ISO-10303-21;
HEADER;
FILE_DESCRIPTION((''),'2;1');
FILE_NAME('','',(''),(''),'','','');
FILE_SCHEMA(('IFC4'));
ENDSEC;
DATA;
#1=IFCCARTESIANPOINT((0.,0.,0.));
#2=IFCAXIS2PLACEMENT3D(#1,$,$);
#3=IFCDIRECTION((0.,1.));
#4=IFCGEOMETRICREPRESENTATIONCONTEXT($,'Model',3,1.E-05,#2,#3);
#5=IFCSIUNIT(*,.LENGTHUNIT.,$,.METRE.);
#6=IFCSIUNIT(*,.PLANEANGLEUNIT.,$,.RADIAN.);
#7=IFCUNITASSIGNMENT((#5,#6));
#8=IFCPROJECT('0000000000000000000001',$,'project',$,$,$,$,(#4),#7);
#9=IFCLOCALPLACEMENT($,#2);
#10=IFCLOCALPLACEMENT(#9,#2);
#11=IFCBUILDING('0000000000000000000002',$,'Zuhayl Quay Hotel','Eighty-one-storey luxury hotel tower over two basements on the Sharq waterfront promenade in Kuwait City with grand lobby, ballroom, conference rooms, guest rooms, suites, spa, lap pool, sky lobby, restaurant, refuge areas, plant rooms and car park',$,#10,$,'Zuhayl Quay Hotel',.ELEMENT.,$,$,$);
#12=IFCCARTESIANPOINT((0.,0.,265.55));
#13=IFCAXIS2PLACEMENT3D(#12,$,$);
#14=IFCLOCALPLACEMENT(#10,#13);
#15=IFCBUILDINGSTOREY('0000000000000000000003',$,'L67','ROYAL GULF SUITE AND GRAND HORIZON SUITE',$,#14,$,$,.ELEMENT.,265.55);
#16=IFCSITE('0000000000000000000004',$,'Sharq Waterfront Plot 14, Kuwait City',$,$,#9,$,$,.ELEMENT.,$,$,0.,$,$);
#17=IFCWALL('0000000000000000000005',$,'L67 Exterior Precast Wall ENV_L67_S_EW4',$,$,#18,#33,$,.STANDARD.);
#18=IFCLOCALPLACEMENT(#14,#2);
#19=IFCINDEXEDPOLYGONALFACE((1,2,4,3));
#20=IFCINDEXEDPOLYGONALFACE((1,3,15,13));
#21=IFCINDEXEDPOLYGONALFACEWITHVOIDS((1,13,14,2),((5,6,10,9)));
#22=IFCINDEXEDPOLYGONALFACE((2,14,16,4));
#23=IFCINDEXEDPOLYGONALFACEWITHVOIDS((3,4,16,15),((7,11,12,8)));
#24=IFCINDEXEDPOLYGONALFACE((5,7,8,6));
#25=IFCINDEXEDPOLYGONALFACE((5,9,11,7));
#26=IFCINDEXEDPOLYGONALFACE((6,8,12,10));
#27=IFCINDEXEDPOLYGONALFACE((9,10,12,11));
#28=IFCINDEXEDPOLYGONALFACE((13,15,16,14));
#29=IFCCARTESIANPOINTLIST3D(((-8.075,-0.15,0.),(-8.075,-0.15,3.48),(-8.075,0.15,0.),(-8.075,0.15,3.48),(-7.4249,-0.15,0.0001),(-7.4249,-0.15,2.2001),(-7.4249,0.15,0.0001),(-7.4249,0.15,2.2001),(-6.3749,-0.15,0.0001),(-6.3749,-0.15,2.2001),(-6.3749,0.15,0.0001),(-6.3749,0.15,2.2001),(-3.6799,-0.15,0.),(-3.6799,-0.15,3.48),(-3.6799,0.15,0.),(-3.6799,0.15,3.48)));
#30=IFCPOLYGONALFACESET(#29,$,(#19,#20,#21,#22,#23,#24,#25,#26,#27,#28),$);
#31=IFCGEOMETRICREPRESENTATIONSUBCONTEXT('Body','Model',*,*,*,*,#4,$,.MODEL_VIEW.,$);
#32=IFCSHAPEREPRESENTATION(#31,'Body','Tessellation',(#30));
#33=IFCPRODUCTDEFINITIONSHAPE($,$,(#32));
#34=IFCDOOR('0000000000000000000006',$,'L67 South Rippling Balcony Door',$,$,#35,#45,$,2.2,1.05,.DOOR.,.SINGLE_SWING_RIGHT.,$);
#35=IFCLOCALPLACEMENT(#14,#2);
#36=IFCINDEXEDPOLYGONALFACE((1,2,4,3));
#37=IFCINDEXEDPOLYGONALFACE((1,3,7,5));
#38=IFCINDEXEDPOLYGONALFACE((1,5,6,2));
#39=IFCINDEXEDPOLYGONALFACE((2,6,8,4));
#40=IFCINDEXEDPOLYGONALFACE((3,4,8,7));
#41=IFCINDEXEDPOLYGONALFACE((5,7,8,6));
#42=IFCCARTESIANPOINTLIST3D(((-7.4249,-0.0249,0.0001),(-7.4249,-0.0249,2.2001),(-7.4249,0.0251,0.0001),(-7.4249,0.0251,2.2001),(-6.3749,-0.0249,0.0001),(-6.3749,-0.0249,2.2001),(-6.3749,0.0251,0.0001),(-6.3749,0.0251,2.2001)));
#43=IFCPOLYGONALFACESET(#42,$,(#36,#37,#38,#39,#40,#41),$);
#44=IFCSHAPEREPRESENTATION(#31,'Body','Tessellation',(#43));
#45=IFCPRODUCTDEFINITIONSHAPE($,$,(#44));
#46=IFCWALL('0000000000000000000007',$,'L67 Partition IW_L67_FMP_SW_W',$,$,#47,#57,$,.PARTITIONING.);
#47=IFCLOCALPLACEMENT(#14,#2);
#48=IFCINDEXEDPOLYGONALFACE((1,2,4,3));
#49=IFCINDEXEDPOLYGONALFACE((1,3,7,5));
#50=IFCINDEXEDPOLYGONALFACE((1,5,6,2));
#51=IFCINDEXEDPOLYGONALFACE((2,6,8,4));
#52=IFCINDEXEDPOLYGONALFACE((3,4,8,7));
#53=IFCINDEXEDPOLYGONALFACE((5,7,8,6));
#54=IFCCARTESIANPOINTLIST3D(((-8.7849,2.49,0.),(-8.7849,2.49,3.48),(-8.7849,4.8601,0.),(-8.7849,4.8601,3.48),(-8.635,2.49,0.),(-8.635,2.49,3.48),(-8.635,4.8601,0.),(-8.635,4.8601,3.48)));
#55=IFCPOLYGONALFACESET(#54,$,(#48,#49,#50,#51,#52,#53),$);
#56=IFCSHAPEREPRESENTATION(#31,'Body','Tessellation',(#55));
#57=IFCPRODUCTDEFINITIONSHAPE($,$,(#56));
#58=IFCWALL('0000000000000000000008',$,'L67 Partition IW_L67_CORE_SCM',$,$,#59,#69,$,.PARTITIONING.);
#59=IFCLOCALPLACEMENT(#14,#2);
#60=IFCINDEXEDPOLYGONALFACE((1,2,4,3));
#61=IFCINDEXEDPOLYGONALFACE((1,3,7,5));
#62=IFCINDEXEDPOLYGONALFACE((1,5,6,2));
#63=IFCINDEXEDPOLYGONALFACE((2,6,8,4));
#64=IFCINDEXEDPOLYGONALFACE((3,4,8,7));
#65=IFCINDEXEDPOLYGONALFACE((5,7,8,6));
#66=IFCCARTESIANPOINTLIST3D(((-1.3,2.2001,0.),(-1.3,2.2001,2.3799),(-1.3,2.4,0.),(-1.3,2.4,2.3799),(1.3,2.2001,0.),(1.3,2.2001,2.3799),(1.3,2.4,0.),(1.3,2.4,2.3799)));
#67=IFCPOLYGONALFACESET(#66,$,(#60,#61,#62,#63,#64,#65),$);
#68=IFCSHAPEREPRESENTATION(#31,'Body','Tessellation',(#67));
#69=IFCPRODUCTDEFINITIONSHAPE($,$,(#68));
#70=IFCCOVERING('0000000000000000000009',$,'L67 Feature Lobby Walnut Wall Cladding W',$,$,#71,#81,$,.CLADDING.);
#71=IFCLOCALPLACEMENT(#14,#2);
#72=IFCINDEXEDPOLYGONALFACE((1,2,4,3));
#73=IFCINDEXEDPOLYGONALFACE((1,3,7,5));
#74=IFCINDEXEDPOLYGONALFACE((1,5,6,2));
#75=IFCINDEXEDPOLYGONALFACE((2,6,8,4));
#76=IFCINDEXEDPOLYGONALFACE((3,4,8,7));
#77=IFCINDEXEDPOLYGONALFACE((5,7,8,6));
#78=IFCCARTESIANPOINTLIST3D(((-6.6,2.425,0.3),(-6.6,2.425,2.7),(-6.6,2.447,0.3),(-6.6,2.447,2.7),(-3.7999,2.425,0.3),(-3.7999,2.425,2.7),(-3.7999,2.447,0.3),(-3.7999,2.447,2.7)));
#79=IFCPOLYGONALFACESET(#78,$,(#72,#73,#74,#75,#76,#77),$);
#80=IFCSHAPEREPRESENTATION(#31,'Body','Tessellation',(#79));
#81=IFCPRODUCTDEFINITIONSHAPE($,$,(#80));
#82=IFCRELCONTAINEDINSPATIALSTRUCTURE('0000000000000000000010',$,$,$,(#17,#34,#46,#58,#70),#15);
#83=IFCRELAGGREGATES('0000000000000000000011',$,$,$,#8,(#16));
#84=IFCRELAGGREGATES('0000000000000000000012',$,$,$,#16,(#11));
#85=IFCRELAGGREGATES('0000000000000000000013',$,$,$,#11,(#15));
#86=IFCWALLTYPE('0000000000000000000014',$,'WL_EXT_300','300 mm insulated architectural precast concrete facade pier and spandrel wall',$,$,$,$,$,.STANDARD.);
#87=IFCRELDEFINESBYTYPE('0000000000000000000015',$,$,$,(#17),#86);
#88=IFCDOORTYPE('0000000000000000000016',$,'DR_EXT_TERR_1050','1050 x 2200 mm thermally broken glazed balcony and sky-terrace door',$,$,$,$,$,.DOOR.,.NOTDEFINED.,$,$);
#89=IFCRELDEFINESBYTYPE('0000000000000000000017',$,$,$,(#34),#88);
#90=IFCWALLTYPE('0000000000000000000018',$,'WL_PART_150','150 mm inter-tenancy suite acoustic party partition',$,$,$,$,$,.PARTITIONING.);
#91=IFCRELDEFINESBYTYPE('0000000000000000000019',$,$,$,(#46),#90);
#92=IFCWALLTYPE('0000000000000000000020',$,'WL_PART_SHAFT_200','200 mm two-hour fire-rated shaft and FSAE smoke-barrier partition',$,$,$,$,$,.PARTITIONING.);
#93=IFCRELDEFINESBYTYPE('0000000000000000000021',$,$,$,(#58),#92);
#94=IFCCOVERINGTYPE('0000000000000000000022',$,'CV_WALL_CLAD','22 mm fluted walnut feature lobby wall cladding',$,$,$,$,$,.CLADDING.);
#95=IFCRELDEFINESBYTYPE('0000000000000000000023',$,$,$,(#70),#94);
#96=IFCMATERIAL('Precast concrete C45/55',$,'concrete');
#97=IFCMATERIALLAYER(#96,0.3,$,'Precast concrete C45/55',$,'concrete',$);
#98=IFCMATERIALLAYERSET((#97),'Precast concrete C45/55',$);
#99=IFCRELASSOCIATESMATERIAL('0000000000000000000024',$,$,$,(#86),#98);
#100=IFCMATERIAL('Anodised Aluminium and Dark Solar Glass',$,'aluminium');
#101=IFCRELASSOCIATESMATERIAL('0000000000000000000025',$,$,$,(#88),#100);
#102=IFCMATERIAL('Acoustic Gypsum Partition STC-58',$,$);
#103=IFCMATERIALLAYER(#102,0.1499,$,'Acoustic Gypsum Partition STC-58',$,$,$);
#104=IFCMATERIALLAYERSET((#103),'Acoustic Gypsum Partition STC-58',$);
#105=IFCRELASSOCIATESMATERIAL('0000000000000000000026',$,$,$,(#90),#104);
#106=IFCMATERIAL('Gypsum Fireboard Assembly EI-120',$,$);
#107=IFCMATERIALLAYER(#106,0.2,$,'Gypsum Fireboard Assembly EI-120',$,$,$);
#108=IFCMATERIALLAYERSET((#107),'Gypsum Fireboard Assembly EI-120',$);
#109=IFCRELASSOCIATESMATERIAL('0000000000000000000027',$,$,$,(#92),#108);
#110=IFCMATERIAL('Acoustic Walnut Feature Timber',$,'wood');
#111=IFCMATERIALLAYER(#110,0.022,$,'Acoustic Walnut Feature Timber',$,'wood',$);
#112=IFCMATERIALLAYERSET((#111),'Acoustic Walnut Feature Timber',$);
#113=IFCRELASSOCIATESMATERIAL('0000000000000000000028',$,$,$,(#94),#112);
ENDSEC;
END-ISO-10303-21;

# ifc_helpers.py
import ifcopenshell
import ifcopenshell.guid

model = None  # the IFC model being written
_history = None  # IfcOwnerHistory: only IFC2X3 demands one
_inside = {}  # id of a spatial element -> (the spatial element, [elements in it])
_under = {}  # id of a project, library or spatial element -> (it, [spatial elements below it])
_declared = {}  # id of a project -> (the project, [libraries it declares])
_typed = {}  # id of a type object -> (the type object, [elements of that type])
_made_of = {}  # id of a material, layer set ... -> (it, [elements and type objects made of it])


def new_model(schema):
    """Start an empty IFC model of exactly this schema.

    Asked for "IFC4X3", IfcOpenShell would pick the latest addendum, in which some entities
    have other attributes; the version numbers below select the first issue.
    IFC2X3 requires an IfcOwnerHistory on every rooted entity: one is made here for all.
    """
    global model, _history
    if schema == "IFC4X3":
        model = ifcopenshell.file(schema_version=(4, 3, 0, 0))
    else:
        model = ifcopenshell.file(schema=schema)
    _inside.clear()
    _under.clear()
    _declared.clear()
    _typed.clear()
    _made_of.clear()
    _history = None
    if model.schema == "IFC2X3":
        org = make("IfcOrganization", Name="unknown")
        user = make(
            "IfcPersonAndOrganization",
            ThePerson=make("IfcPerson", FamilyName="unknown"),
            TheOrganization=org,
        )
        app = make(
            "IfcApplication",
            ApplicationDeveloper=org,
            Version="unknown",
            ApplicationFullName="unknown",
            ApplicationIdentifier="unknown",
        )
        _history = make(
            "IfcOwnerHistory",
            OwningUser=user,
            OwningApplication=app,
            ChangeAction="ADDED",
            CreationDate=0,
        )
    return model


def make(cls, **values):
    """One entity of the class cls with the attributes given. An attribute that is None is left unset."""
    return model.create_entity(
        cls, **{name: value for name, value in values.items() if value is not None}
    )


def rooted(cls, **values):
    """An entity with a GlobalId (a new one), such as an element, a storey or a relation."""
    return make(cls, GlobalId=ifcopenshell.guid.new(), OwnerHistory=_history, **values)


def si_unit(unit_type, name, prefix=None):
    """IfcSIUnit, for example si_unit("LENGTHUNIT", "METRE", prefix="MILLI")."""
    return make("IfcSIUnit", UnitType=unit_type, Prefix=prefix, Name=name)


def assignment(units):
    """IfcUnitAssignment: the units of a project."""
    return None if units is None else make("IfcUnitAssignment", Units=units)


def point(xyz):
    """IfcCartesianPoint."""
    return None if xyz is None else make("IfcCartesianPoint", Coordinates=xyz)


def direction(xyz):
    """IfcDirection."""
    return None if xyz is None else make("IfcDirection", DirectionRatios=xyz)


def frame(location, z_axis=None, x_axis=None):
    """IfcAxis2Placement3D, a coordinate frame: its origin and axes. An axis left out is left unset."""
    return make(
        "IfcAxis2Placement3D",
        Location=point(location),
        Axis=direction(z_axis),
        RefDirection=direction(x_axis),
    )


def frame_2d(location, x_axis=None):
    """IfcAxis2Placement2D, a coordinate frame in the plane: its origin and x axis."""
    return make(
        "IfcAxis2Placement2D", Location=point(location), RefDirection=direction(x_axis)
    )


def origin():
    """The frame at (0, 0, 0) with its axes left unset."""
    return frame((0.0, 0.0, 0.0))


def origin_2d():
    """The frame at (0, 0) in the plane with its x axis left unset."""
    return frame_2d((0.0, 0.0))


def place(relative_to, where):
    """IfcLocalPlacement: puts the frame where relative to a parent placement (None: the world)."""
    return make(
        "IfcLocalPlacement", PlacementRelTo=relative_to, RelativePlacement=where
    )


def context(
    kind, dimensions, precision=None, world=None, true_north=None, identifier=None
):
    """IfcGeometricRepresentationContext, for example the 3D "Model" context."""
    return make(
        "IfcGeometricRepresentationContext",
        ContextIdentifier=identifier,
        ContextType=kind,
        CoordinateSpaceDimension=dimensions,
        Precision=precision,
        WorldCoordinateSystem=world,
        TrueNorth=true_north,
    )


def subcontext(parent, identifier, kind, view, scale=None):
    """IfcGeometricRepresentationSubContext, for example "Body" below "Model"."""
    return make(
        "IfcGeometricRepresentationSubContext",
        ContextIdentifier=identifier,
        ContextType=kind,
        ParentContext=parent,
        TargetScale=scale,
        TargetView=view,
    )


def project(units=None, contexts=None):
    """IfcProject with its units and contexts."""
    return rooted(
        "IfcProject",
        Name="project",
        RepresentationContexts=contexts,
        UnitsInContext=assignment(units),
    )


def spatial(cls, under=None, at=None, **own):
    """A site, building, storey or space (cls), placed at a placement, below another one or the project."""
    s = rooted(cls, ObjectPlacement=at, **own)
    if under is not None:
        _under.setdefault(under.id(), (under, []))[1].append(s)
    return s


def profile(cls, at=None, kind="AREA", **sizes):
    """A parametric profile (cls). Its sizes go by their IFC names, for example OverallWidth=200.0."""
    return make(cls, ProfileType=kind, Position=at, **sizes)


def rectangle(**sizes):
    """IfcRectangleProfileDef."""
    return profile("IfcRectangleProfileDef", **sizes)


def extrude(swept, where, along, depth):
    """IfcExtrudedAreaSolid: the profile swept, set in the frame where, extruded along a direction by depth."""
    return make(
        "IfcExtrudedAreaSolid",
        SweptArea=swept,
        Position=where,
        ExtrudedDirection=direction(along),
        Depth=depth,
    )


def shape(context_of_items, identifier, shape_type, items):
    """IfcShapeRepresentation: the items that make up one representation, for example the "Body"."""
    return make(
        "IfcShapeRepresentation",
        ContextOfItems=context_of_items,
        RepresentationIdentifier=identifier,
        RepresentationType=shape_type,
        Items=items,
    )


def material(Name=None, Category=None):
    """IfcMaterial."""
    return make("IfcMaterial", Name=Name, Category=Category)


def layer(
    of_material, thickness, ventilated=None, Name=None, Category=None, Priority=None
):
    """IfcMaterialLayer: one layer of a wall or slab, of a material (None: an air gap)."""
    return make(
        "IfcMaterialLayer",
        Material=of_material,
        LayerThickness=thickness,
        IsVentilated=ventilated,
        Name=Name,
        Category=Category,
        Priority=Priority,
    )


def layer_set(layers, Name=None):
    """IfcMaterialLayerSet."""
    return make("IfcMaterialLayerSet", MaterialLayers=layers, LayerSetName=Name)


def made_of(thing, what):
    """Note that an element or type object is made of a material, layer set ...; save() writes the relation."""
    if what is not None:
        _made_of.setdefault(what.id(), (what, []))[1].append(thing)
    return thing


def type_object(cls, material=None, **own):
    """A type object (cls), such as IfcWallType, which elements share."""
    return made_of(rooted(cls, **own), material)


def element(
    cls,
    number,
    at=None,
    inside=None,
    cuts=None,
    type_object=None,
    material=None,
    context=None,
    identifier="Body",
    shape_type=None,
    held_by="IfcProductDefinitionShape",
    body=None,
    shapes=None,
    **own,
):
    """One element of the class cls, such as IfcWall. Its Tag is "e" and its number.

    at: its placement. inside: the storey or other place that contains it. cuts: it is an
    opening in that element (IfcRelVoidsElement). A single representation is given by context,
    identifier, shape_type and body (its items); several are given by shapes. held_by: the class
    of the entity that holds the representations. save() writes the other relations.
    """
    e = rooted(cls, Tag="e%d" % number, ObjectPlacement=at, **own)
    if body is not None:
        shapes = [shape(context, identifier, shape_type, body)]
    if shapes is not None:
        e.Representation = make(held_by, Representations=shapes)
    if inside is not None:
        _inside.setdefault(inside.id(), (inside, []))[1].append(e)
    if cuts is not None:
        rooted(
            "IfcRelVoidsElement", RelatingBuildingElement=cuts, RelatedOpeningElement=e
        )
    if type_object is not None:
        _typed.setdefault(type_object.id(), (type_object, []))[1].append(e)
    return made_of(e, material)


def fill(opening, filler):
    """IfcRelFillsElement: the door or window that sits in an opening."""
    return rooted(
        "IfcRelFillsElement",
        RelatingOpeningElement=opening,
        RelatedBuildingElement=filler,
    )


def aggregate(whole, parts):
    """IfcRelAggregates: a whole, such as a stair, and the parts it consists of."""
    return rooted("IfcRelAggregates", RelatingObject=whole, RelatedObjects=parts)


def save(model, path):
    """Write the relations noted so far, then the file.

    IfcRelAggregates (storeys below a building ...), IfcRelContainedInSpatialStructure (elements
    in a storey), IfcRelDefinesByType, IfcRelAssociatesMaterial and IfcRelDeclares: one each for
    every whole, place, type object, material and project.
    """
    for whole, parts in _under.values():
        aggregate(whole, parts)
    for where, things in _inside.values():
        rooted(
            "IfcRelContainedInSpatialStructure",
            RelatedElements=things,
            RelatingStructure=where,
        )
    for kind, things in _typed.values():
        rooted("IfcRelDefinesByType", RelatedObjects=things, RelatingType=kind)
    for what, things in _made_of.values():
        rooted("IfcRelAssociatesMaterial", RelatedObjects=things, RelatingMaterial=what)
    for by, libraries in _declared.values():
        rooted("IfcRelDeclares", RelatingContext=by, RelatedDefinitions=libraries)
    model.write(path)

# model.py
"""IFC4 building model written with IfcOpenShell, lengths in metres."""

from ifc_helpers import new_model, si_unit, direction, frame, frame_2d, origin, origin_2d, place, context, subcontext, project, spatial, rectangle, extrude, material, layer, layer_set, type_object, element, fill, save


model = new_model("IFC4")

# Units and contexts
model_context = context("Model", 3, precision=1e-05, world=origin(), true_north=direction((0.0, 1.0)))
body_context = subcontext(model_context, "Body", "Model", "MODEL_VIEW")
ifc_project = project(units=[si_unit("LENGTHUNIT", "METRE"), si_unit("PLANEANGLEUNIT", "RADIAN")], contexts=[model_context])

# Site, building, storey
site_placement = place(None, origin())
site = spatial("IfcSite", under=ifc_project, at=site_placement, Name="Sharq Waterfront Plot 14, Kuwait City", CompositionType="ELEMENT", RefElevation=0.0)
building_placement = place(site_placement, origin())
building = spatial("IfcBuilding", under=site, at=building_placement, Name="Zuhayl Quay Hotel", Description="Eighty-one-storey luxury hotel tower over two basements on the Sharq waterfront promenade in Kuwait City with grand lobby, ballroom, conference rooms, guest rooms, suites, spa, lap pool, sky lobby, restaurant, refuge areas, plant rooms and car park", LongName="Zuhayl Quay Hotel", CompositionType="ELEMENT")
storey_placement = place(building_placement, frame((0.0, 0.0, 265.55)))
storey = spatial("IfcBuildingStorey", under=building, at=storey_placement, Name="L67", Description="ROYAL GULF SUITE AND GRAND HORIZON SUITE", CompositionType="ELEMENT", Elevation=265.55)

# Wall, opening, door
ifc_material_1 = material(Name="Precast concrete C45/55", Category="concrete")
ifc_layer_1 = layer(ifc_material_1, 0.3, Name="Precast concrete C45/55", Category="concrete")
ifc_layer_set_1 = layer_set([ifc_layer_1], Name="Precast concrete C45/55")
wall_type_1 = type_object("IfcWallType", Name="WL_EXT_300", Description="300 mm insulated architectural precast concrete facade pier and spandrel wall", PredefinedType="STANDARD", material=ifc_layer_set_1)
wall_1_placement = place(storey_placement, frame((-3.6799, 0.0, 0.0), z_axis=(0.0, 0.0, 1.0), x_axis=(-1.0, 0.0, 0.0)))
wall_1 = element("IfcWall", 1, at=wall_1_placement, inside=storey, type_object=wall_type_1, Name="L67 Exterior Precast Wall ENV_L67_S_EW4", PredefinedType="STANDARD", context=body_context, shape_type="SweptSolid", body=[
    extrude(rectangle(XDim=4.395, YDim=0.3, at=frame_2d((2.1975, 0.0))), origin(), (0.0, 0.0, 1.0), 3.48),
])
opening_placement = place(wall_1_placement, frame((2.6951, 0.0, 0.0)))
opening = element("IfcOpeningElement", 2, at=opening_placement, cuts=wall_1, PredefinedType="OPENING", context=body_context, shape_type="SweptSolid", body=[
    extrude(rectangle(XDim=1.05, YDim=2.2, at=frame_2d((0.5249, 1.1001))), frame((0.0, 0.1599, 0.0), z_axis=(0.0, -1.0, 0.0), x_axis=(1.0, 0.0, 0.0)), (0.0, 0.0, 1.0), 0.3201),
])
ifc_material_2 = material(Name="Anodised Aluminium and Dark Solar Glass", Category="aluminium")
door_type = type_object("IfcDoorType", Name="DR_EXT_TERR_1050", Description="1050 x 2200 mm thermally broken glazed balcony and sky-terrace door", OperationType="NOTDEFINED", PredefinedType="DOOR", material=ifc_material_2)
door_placement = place(opening_placement, origin())
door = element("IfcDoor", 3, at=door_placement, inside=storey, type_object=door_type, Name="L67 South Rippling Balcony Door", OperationType="SINGLE_SWING_RIGHT", OverallHeight=2.2, OverallWidth=1.05, PredefinedType="DOOR", context=body_context, shape_type="SweptSolid", body=[
    extrude(rectangle(XDim=1.05, YDim=2.2, at=frame_2d((0.5249, 1.1001))), frame((0.0, 0.0249, 0.0), z_axis=(0.0, -1.0, 0.0), x_axis=(1.0, 0.0, 0.0)), (0.0, 0.0, 1.0), 0.05),
])
fill(opening, door)

# Walls
ifc_material_3 = material(Name="Acoustic Gypsum Partition STC-58")
ifc_layer_2 = layer(ifc_material_3, 0.1499, Name="Acoustic Gypsum Partition STC-58")
ifc_layer_set_2 = layer_set([ifc_layer_2], Name="Acoustic Gypsum Partition STC-58")
wall_type_2 = type_object("IfcWallType", Name="WL_PART_150", Description="150 mm inter-tenancy suite acoustic party partition", PredefinedType="PARTITIONING", material=ifc_layer_set_2)
wall_2_placement = place(storey_placement, frame((-8.71, 2.49, 0.0), z_axis=(0.0, 0.0, 1.0), x_axis=(0.0, 1.0, 0.0)))
element("IfcWall", 4, at=wall_2_placement, inside=storey, type_object=wall_type_2, Name="L67 Partition IW_L67_FMP_SW_W", PredefinedType="PARTITIONING", context=body_context, shape_type="SweptSolid", body=[
    extrude(rectangle(XDim=2.3701, YDim=0.1499, at=frame_2d((1.1851, 0.0))), origin(), (0.0, 0.0, 1.0), 3.48),
])
ifc_material_4 = material(Name="Gypsum Fireboard Assembly EI-120")
ifc_layer_3 = layer(ifc_material_4, 0.2, Name="Gypsum Fireboard Assembly EI-120")
ifc_layer_set_3 = layer_set([ifc_layer_3], Name="Gypsum Fireboard Assembly EI-120")
wall_type_3 = type_object("IfcWallType", Name="WL_PART_SHAFT_200", Description="200 mm two-hour fire-rated shaft and FSAE smoke-barrier partition", PredefinedType="PARTITIONING", material=ifc_layer_set_3)
wall_3_placement = place(storey_placement, frame((-1.3, 2.3, 0.0), z_axis=(0.0, 0.0, 1.0), x_axis=(1.0, 0.0, 0.0)))
element("IfcWall", 5, at=wall_3_placement, inside=storey, type_object=wall_type_3, Name="L67 Partition IW_L67_CORE_SCM", PredefinedType="PARTITIONING", context=body_context, shape_type="SweptSolid", body=[
    extrude(rectangle(XDim=2.6001, YDim=0.2, at=frame_2d((1.3, 0.0))), origin(), (0.0, 0.0, 1.0), 2.3799),
])

# Covering
ifc_material_5 = material(Name="Acoustic Walnut Feature Timber", Category="wood")
ifc_layer_4 = layer(ifc_material_5, 0.022, Name="Acoustic Walnut Feature Timber", Category="wood")
ifc_layer_set_4 = layer_set([ifc_layer_4], Name="Acoustic Walnut Feature Timber")
covering_type = type_object("IfcCoveringType", Name="CV_WALL_CLAD", Description="22 mm fluted walnut feature lobby wall cladding", PredefinedType="CLADDING", material=ifc_layer_set_4)
covering_placement = place(storey_placement, frame((-5.2, 2.436, 0.3), z_axis=(0.0, 0.0, 1.0), x_axis=(1.0, 0.0, 0.0)))
element("IfcCovering", 6, at=covering_placement, inside=storey, type_object=covering_type, Name="L67 Feature Lobby Walnut Wall Cladding W", PredefinedType="CLADDING", context=body_context, shape_type="SweptSolid", body=[
    extrude(rectangle(XDim=2.8, YDim=0.022, at=origin_2d()), origin(), (0.0, 0.0, 1.0), 2.3999),
])

save(model, "model.ifc")
